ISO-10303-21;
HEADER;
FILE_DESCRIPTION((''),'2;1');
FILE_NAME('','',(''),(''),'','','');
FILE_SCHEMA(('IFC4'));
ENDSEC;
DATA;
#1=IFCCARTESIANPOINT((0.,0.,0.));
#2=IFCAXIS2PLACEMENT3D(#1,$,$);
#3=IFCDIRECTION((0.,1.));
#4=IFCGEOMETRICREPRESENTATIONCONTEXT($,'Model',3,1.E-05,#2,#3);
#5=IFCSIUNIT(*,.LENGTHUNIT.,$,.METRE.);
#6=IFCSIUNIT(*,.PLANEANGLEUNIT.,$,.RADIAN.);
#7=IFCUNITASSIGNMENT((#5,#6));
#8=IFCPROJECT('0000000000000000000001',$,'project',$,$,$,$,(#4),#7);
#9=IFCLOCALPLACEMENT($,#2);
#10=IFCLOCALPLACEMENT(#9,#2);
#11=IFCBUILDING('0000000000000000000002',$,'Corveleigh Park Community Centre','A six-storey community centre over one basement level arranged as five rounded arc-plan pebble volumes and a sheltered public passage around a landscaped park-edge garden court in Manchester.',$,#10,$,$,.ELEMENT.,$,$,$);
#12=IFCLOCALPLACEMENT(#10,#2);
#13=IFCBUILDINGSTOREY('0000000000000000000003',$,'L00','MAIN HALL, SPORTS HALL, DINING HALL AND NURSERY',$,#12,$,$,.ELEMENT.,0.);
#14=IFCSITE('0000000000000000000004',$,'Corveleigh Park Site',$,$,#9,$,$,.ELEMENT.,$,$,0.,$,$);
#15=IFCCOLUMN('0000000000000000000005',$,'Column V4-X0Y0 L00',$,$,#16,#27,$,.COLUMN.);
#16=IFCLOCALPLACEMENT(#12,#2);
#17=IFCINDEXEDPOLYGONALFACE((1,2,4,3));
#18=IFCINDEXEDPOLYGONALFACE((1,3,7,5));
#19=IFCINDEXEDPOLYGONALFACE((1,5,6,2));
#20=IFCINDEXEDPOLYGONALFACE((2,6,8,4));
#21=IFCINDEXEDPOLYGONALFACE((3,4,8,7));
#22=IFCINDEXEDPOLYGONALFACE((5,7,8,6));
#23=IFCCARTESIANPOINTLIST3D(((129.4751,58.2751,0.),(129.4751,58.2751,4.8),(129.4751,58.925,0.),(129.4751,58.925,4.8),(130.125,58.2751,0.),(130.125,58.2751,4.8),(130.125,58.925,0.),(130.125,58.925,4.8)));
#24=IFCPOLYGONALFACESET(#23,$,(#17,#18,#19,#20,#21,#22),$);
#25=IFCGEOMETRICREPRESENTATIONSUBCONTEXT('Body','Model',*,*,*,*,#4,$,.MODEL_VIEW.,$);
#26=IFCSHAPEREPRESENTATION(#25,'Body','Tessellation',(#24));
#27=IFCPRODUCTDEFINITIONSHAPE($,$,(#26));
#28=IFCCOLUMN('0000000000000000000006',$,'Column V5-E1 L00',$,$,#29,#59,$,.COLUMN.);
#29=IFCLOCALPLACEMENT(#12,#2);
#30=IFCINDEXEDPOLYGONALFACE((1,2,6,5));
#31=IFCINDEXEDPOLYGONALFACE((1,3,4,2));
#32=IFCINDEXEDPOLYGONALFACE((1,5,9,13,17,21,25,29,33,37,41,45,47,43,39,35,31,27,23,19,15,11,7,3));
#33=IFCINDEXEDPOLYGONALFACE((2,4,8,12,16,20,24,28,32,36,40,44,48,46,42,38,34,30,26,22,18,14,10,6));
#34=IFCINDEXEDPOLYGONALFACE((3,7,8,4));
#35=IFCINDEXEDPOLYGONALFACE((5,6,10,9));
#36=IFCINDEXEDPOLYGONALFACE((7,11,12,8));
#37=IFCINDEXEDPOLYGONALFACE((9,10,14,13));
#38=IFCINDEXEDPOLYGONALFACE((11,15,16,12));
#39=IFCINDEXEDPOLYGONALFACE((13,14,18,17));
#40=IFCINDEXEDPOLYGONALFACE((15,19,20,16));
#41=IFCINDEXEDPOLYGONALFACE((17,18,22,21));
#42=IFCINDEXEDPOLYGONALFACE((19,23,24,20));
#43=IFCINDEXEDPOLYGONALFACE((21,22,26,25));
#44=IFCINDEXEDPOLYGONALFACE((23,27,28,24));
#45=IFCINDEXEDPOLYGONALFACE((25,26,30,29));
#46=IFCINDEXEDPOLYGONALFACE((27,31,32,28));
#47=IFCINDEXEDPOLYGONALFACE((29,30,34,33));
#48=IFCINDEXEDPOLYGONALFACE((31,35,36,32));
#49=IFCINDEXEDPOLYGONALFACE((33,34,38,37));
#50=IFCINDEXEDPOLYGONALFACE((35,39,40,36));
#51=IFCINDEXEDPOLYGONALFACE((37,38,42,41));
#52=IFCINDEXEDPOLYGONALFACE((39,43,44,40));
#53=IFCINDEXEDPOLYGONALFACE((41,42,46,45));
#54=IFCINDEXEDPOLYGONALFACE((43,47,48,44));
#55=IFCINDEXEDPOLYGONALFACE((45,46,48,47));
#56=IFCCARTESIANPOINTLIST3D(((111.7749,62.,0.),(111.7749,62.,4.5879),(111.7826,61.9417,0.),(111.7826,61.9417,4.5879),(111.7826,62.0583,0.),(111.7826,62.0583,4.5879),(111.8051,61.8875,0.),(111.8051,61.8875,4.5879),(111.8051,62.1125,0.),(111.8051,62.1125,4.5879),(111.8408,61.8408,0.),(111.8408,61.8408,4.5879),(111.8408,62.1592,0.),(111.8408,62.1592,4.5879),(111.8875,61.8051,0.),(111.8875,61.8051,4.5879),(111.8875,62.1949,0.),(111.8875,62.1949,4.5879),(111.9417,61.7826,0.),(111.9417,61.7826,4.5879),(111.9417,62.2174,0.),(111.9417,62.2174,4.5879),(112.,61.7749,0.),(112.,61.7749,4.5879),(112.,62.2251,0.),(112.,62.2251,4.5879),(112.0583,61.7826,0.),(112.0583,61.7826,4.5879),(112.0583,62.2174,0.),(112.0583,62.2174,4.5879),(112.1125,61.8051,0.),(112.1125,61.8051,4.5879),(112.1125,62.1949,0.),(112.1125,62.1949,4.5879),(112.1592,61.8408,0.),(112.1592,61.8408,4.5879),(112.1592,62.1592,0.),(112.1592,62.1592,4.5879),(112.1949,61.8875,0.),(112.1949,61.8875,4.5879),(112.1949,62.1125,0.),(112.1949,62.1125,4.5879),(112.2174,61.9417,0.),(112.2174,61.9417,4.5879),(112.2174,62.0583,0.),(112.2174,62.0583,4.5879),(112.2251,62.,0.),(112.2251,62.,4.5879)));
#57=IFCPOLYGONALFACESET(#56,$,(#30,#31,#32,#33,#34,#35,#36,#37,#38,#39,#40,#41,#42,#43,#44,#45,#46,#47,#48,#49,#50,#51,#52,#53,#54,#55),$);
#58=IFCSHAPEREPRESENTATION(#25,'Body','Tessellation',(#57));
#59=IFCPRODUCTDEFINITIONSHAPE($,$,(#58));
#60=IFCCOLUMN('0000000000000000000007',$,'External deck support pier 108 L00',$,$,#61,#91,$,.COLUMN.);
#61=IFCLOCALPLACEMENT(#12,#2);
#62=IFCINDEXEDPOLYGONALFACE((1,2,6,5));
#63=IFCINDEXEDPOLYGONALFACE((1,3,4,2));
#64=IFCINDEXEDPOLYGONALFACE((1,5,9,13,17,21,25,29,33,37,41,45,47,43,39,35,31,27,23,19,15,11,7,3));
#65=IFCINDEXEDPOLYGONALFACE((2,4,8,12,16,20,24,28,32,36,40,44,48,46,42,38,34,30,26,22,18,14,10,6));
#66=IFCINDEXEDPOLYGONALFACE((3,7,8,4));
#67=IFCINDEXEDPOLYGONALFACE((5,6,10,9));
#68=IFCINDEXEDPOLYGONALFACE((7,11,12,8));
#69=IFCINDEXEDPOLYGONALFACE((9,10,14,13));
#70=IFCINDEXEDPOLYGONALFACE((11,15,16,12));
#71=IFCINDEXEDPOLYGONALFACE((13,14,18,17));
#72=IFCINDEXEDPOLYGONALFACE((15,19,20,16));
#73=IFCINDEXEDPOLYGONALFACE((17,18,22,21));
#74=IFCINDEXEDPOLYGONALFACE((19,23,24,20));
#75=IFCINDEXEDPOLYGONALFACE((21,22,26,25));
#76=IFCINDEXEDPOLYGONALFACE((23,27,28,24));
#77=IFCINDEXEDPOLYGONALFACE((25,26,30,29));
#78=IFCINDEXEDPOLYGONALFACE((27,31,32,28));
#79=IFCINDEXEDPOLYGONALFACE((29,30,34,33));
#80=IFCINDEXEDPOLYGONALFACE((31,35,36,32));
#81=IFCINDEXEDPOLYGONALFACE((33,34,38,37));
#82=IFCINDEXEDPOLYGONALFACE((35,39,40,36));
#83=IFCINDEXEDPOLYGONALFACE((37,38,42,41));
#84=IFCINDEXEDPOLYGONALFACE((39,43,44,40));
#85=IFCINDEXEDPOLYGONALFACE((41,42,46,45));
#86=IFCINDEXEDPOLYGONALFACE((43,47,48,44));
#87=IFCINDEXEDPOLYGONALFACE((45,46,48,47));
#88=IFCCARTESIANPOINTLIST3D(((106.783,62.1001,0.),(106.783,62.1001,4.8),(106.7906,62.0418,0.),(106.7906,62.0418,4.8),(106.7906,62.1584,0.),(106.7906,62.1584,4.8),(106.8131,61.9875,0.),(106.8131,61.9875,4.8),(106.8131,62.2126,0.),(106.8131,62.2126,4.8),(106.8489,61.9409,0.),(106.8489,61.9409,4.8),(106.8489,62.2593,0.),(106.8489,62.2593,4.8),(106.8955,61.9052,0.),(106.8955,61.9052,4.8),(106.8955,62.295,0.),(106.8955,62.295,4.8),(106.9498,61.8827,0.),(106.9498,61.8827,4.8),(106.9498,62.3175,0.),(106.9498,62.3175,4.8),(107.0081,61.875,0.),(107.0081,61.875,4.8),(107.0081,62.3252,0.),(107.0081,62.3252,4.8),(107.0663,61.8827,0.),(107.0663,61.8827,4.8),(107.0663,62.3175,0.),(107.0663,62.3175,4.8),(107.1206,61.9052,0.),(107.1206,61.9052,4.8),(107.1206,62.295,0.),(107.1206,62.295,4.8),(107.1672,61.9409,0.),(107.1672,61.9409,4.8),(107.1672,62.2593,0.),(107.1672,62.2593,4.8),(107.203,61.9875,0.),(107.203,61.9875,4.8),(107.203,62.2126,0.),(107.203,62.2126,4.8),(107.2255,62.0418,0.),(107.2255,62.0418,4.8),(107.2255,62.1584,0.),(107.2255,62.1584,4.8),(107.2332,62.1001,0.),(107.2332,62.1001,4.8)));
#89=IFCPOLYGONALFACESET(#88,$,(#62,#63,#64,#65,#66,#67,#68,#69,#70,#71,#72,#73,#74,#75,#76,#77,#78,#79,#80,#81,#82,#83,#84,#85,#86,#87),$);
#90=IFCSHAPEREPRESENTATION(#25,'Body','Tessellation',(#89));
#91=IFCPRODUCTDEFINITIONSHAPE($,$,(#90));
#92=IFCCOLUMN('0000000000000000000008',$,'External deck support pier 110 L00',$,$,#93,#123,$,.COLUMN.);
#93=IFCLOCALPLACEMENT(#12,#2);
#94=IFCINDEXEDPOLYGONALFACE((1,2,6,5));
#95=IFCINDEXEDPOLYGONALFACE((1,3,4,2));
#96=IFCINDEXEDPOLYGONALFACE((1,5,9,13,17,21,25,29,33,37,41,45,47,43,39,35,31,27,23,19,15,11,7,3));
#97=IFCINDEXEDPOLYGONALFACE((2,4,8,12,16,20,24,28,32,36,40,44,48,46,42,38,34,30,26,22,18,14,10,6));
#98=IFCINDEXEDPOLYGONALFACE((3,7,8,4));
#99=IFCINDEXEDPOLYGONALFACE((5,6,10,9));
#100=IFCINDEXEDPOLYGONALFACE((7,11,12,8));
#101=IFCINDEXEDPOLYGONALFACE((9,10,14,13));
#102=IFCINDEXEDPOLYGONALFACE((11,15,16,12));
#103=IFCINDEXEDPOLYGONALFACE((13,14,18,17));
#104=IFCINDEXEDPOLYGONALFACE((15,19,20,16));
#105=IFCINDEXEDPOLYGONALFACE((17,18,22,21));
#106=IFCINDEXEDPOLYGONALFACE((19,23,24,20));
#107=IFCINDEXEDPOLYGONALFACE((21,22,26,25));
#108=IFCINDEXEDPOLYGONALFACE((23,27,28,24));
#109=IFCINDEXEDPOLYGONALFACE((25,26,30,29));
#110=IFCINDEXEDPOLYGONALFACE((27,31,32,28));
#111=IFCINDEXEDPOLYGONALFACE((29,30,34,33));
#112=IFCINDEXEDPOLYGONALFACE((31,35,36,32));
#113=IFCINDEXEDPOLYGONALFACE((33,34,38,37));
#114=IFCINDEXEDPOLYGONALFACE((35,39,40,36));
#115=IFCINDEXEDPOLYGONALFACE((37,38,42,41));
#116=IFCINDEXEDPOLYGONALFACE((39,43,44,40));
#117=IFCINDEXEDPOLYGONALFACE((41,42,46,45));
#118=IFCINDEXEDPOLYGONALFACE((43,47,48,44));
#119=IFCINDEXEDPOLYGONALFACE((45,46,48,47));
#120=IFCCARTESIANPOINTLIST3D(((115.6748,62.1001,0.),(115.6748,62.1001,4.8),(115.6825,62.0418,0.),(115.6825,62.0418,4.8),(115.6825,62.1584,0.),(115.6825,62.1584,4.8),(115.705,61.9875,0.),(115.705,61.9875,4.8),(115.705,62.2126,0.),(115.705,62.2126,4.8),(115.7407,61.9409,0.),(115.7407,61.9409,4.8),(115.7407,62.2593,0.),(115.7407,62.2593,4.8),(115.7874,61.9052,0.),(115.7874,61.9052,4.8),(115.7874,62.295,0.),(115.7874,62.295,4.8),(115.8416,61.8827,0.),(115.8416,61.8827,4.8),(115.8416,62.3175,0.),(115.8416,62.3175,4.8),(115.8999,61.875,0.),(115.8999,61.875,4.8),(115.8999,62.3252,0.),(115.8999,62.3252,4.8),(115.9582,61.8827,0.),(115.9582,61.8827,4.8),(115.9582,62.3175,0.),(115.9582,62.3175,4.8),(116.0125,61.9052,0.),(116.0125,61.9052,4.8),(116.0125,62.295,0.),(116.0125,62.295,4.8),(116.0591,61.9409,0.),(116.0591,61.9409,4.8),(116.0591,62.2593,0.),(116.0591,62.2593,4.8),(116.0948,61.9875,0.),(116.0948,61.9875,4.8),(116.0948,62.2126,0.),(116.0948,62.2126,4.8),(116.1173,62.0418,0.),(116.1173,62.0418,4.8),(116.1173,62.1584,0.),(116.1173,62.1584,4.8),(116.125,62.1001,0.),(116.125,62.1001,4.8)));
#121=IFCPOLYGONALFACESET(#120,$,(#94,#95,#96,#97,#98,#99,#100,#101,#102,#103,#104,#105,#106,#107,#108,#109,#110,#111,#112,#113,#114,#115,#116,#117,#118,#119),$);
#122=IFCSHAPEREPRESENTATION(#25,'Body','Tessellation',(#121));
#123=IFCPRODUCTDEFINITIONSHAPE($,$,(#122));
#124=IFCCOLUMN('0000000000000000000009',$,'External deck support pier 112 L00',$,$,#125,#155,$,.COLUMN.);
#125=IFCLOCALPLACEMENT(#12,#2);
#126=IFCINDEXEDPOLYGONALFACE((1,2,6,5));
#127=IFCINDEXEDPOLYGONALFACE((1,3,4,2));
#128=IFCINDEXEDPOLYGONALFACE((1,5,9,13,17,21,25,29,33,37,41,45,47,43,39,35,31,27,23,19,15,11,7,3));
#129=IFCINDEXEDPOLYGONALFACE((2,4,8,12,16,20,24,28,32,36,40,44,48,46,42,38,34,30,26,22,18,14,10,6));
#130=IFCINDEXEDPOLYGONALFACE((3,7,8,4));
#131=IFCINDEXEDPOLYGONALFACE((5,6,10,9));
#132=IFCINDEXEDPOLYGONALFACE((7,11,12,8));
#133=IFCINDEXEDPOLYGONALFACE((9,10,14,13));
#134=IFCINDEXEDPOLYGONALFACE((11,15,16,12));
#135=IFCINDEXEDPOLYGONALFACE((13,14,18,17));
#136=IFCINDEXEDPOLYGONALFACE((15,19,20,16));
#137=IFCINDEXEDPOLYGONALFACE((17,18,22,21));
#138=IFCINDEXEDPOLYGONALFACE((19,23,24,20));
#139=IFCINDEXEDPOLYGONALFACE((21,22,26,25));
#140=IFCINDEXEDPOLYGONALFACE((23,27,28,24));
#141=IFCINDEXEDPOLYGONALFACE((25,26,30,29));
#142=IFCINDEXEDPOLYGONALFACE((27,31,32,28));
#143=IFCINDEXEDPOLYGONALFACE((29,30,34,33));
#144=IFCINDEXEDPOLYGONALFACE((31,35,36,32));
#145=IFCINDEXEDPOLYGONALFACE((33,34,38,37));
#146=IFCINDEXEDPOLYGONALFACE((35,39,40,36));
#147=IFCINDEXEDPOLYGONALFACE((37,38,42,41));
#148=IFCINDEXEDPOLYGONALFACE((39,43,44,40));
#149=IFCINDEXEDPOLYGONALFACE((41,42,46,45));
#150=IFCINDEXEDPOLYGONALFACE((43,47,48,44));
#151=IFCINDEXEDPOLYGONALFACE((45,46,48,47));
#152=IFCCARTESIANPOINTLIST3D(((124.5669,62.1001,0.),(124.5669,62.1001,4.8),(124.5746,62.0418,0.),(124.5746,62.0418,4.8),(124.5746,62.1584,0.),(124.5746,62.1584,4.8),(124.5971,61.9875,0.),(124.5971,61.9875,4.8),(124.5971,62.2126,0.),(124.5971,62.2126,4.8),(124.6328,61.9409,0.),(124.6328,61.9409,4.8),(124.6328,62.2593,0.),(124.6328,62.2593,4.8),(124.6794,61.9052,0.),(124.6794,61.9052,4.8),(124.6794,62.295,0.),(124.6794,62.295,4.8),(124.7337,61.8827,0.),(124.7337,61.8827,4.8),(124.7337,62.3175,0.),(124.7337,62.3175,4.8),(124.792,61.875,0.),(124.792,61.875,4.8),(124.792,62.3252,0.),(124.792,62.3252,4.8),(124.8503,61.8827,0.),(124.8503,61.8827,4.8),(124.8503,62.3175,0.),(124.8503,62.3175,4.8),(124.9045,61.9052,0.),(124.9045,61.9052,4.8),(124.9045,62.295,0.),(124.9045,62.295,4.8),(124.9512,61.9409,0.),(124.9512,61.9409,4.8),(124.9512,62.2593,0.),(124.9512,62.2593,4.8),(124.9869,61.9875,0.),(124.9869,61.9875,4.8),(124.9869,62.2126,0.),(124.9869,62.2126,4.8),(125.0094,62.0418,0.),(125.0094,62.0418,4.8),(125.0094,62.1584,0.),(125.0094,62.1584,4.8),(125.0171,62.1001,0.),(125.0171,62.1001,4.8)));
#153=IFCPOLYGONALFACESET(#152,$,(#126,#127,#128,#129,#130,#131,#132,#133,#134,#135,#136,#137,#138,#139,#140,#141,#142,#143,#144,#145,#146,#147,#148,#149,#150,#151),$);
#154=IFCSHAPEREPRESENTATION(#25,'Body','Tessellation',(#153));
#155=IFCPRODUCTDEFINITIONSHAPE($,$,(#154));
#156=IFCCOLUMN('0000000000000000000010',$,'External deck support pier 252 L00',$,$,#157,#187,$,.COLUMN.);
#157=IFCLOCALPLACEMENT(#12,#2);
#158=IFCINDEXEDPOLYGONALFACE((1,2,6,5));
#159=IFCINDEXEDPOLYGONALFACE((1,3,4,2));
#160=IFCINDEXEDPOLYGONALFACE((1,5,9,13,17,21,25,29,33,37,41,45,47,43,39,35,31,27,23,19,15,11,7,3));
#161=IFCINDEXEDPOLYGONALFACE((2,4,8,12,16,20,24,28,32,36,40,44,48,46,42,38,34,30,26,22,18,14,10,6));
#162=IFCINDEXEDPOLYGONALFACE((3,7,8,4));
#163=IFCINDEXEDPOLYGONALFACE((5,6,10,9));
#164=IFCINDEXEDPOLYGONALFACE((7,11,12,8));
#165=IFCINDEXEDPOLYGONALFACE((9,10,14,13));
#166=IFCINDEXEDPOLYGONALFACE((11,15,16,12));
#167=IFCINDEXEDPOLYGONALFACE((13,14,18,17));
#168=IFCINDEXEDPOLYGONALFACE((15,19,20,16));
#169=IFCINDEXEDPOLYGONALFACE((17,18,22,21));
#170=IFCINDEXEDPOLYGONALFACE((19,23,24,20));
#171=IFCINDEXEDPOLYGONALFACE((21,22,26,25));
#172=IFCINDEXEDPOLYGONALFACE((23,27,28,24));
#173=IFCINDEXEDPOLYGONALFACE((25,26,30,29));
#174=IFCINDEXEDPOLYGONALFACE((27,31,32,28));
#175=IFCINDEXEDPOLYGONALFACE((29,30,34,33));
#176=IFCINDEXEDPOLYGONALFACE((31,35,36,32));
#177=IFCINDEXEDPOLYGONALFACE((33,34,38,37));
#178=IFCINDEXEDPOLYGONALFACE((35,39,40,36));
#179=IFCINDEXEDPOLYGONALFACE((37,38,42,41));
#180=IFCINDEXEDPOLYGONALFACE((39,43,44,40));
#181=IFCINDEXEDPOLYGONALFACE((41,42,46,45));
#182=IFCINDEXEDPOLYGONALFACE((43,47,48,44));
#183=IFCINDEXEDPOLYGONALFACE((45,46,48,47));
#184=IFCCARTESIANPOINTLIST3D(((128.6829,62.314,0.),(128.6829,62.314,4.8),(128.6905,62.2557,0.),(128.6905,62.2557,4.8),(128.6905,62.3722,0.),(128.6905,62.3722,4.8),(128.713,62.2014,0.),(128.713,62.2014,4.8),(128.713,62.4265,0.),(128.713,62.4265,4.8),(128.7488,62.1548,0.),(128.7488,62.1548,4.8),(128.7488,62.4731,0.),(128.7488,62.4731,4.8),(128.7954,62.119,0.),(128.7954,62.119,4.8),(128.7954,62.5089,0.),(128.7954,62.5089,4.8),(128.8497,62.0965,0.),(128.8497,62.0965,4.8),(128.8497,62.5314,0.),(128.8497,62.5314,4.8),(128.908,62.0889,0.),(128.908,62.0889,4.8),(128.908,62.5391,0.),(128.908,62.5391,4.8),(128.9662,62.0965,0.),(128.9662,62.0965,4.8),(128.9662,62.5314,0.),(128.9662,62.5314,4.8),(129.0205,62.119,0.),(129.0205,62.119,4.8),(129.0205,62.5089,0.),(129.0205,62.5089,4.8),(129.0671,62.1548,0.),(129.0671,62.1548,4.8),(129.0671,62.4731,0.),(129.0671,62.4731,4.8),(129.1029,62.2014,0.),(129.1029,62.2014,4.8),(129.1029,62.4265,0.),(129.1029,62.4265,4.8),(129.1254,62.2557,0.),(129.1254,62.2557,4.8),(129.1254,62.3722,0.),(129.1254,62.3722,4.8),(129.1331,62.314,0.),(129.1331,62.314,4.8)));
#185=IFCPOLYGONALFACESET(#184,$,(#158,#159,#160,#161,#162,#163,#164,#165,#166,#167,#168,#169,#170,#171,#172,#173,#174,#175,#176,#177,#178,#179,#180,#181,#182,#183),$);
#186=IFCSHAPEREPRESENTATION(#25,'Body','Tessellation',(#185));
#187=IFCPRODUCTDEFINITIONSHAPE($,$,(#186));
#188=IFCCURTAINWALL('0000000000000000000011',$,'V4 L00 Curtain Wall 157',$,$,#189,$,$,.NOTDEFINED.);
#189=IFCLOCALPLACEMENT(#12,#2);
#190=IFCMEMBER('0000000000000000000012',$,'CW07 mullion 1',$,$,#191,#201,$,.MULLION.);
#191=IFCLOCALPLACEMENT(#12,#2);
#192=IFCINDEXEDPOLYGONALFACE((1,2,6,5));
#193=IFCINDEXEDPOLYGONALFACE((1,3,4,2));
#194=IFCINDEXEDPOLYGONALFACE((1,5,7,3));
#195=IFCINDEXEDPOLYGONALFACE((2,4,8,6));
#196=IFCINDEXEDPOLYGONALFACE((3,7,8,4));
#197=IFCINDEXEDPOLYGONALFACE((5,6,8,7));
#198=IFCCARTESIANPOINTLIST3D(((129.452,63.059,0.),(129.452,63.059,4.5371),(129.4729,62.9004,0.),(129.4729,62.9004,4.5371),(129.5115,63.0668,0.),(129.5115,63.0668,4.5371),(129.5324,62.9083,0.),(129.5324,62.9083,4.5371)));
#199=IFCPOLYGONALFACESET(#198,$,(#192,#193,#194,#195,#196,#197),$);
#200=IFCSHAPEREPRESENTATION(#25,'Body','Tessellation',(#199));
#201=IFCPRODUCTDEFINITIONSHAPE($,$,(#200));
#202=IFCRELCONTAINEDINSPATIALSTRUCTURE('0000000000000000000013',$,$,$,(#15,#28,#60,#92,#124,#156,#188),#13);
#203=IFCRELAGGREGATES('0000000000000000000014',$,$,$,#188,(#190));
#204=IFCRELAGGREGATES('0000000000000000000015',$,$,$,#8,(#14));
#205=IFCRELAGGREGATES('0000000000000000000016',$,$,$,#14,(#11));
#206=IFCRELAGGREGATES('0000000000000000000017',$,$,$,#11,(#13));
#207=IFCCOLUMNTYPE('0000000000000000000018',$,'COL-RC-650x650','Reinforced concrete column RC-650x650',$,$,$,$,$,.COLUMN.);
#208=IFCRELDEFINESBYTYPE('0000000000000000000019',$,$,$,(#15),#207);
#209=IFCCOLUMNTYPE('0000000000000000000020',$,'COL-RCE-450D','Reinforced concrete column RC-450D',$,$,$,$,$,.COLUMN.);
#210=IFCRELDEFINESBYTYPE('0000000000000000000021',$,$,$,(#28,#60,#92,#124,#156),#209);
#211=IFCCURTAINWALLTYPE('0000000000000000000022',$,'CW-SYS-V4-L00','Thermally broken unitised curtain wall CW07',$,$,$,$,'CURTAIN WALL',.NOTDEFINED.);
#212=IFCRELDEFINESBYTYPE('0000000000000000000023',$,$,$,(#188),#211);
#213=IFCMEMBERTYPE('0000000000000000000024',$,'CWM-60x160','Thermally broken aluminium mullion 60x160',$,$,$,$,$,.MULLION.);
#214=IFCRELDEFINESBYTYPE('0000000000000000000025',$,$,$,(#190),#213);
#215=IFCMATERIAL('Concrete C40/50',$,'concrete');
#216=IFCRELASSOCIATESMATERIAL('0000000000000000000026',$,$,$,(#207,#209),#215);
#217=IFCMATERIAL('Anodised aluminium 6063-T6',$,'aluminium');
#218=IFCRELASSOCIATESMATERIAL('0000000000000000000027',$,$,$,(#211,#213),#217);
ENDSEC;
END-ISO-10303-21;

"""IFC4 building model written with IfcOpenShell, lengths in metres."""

from ifc_helpers import new_model, si_unit, direction, frame, origin, origin_2d, place, context, subcontext, project, spatial, rectangle, circle, extrude, material, material_profile, profile_set, type_object, element, aggregate, save


model = new_model("IFC4")

# Units and contexts
model_context = context("Model", 3, precision=1e-05, world=origin(), true_north=direction((0.0, 1.0)))
body_context = subcontext(model_context, "Body", "Model", "MODEL_VIEW")
ifc_project = project(units=[si_unit("LENGTHUNIT", "METRE"), si_unit("PLANEANGLEUNIT", "RADIAN")], contexts=[model_context])

# Site, building, storey
site_placement = place(None, origin())
site = spatial("IfcSite", under=ifc_project, at=site_placement, Name="Corveleigh Park Site", CompositionType="ELEMENT", RefElevation=0.0)
building_placement = place(site_placement, origin())
building = spatial("IfcBuilding", under=site, at=building_placement, Name="Corveleigh Park Community Centre", Description="A six-storey community centre over one basement level arranged as five rounded arc-plan pebble volumes and a sheltered public passage around a landscaped park-edge garden court in Manchester.", CompositionType="ELEMENT")
storey_placement = place(building_placement, origin())
storey = spatial("IfcBuildingStorey", under=building, at=storey_placement, Name="L00", Description="MAIN HALL, SPORTS HALL, DINING HALL AND NURSERY", CompositionType="ELEMENT", Elevation=0.0)

# Columns
ifc_material_1 = material(Name="Concrete C40/50", Category="concrete")
ifc_material_profile_1 = material_profile(ifc_material_1, rectangle(XDim=0.6499, YDim=0.6499, at=origin_2d()), Name="RC-650x650", Category="concrete")
ifc_profile_set_1 = profile_set([ifc_material_profile_1], Name="Concrete C40/50")
column_type_1 = type_object("IfcColumnType", Name="COL-RC-650x650", Description="Reinforced concrete column RC-650x650", PredefinedType="COLUMN", material=ifc_profile_set_1)
column_1_placement = place(storey_placement, frame((129.8, 58.6001, 0.0), z_axis=(0.0, 0.0, 1.0), x_axis=(1.0, 0.0, 0.0)))
element("IfcColumn", 1, at=column_1_placement, inside=storey, type_object=column_type_1, Name="Column V4-X0Y0 L00", PredefinedType="COLUMN", context=body_context, shape_type="SweptSolid", body=[
    extrude(rectangle(XDim=0.6499, YDim=0.6499, at=origin_2d()), origin(), (0.0, 0.0, 1.0), 4.8),
])
ifc_material_profile_2 = material_profile(ifc_material_1, circle(Radius=0.2251, at=origin_2d()), Name="RC-450D", Category="concrete")
ifc_profile_set_2 = profile_set([ifc_material_profile_2], Name="Concrete C40/50")
column_type_2 = type_object("IfcColumnType", Name="COL-RCE-450D", Description="Reinforced concrete column RC-450D", PredefinedType="COLUMN", material=ifc_profile_set_2)
column_2_placement = place(storey_placement, frame((112.0, 62.0, 0.0), z_axis=(0.0, 0.0, 1.0), x_axis=(1.0, 0.0, 0.0)))
element("IfcColumn", 2, at=column_2_placement, inside=storey, type_object=column_type_2, Name="Column V5-E1 L00", PredefinedType="COLUMN", context=body_context, shape_type="SweptSolid", body=[
    extrude(circle(Radius=0.2251, at=origin_2d()), origin(), (0.0, 0.0, 1.0), 4.5879),
])
for number, where, z_axis, x_axis, name in (
    (3, (107.0081, 62.1001, 0.0), (0.0, 0.0, 1.0), (1.0, 0.0, 0.0), "External deck support pier 108 L00"),
    (4, (115.8999, 62.1001, 0.0), (0.0, 0.0, 1.0), (1.0, 0.0, 0.0), "External deck support pier 110 L00"),
    (5, (124.792, 62.1001, 0.0), (0.0, 0.0, 1.0), (1.0, 0.0, 0.0), "External deck support pier 112 L00"),
    (6, (128.908, 62.314, 0.0), (0.0, 0.0, 1.0), (1.0, 0.0, 0.0), "External deck support pier 252 L00"),
):
    element("IfcColumn", number, at=place(storey_placement, frame(where, z_axis=z_axis, x_axis=x_axis)), inside=storey, type_object=column_type_2, Name=name, PredefinedType="COLUMN", context=body_context, shape_type="SweptSolid", body=[
        extrude(circle(Radius=0.2251, at=origin_2d()), origin(), (0.0, 0.0, 1.0), 4.8),
    ])

# Curtain wall, member
ifc_material_2 = material(Name="Anodised aluminium 6063-T6", Category="aluminium")
curtain_wall_type = type_object("IfcCurtainWallType", Name="CW-SYS-V4-L00", Description="Thermally broken unitised curtain wall CW07", ElementType="CURTAIN WALL", PredefinedType="NOTDEFINED", material=ifc_material_2)
curtain_wall_1_placement = place(storey_placement, origin())
curtain_wall_1 = element("IfcCurtainWall", 7, at=curtain_wall_1_placement, inside=storey, type_object=curtain_wall_type, Name="V4 L00 Curtain Wall 157", PredefinedType="NOTDEFINED")
ifc_material_profile_3 = material_profile(ifc_material_2, rectangle(XDim=0.0601, YDim=0.1599, at=origin_2d()), Name="ALU-M60x160", Category="aluminium")
ifc_profile_set_3 = profile_set([ifc_material_profile_3], Name="Anodised aluminium 6063-T6")
member_type_1 = type_object("IfcMemberType", Name="CWM-60x160", Description="Thermally broken aluminium mullion 60x160", PredefinedType="MULLION", material=ifc_profile_set_3)
member_1_placement = place(storey_placement, frame((129.4922, 62.9836, 0.0), z_axis=(0.0, 0.0, 1.0), x_axis=(-0.991429, -0.13065, 0.0)))
member_1 = element("IfcMember", 8, at=member_1_placement, type_object=member_type_1, Name="CW07 mullion 1", PredefinedType="MULLION", context=body_context, shape_type="SweptSolid", body=[
    extrude(rectangle(XDim=0.0601, YDim=0.1599, at=origin_2d()), origin(), (0.0, 0.0, 1.0), 4.5371),
])
aggregate(curtain_wall_1, [member_1])

save(model, "model.ifc")
